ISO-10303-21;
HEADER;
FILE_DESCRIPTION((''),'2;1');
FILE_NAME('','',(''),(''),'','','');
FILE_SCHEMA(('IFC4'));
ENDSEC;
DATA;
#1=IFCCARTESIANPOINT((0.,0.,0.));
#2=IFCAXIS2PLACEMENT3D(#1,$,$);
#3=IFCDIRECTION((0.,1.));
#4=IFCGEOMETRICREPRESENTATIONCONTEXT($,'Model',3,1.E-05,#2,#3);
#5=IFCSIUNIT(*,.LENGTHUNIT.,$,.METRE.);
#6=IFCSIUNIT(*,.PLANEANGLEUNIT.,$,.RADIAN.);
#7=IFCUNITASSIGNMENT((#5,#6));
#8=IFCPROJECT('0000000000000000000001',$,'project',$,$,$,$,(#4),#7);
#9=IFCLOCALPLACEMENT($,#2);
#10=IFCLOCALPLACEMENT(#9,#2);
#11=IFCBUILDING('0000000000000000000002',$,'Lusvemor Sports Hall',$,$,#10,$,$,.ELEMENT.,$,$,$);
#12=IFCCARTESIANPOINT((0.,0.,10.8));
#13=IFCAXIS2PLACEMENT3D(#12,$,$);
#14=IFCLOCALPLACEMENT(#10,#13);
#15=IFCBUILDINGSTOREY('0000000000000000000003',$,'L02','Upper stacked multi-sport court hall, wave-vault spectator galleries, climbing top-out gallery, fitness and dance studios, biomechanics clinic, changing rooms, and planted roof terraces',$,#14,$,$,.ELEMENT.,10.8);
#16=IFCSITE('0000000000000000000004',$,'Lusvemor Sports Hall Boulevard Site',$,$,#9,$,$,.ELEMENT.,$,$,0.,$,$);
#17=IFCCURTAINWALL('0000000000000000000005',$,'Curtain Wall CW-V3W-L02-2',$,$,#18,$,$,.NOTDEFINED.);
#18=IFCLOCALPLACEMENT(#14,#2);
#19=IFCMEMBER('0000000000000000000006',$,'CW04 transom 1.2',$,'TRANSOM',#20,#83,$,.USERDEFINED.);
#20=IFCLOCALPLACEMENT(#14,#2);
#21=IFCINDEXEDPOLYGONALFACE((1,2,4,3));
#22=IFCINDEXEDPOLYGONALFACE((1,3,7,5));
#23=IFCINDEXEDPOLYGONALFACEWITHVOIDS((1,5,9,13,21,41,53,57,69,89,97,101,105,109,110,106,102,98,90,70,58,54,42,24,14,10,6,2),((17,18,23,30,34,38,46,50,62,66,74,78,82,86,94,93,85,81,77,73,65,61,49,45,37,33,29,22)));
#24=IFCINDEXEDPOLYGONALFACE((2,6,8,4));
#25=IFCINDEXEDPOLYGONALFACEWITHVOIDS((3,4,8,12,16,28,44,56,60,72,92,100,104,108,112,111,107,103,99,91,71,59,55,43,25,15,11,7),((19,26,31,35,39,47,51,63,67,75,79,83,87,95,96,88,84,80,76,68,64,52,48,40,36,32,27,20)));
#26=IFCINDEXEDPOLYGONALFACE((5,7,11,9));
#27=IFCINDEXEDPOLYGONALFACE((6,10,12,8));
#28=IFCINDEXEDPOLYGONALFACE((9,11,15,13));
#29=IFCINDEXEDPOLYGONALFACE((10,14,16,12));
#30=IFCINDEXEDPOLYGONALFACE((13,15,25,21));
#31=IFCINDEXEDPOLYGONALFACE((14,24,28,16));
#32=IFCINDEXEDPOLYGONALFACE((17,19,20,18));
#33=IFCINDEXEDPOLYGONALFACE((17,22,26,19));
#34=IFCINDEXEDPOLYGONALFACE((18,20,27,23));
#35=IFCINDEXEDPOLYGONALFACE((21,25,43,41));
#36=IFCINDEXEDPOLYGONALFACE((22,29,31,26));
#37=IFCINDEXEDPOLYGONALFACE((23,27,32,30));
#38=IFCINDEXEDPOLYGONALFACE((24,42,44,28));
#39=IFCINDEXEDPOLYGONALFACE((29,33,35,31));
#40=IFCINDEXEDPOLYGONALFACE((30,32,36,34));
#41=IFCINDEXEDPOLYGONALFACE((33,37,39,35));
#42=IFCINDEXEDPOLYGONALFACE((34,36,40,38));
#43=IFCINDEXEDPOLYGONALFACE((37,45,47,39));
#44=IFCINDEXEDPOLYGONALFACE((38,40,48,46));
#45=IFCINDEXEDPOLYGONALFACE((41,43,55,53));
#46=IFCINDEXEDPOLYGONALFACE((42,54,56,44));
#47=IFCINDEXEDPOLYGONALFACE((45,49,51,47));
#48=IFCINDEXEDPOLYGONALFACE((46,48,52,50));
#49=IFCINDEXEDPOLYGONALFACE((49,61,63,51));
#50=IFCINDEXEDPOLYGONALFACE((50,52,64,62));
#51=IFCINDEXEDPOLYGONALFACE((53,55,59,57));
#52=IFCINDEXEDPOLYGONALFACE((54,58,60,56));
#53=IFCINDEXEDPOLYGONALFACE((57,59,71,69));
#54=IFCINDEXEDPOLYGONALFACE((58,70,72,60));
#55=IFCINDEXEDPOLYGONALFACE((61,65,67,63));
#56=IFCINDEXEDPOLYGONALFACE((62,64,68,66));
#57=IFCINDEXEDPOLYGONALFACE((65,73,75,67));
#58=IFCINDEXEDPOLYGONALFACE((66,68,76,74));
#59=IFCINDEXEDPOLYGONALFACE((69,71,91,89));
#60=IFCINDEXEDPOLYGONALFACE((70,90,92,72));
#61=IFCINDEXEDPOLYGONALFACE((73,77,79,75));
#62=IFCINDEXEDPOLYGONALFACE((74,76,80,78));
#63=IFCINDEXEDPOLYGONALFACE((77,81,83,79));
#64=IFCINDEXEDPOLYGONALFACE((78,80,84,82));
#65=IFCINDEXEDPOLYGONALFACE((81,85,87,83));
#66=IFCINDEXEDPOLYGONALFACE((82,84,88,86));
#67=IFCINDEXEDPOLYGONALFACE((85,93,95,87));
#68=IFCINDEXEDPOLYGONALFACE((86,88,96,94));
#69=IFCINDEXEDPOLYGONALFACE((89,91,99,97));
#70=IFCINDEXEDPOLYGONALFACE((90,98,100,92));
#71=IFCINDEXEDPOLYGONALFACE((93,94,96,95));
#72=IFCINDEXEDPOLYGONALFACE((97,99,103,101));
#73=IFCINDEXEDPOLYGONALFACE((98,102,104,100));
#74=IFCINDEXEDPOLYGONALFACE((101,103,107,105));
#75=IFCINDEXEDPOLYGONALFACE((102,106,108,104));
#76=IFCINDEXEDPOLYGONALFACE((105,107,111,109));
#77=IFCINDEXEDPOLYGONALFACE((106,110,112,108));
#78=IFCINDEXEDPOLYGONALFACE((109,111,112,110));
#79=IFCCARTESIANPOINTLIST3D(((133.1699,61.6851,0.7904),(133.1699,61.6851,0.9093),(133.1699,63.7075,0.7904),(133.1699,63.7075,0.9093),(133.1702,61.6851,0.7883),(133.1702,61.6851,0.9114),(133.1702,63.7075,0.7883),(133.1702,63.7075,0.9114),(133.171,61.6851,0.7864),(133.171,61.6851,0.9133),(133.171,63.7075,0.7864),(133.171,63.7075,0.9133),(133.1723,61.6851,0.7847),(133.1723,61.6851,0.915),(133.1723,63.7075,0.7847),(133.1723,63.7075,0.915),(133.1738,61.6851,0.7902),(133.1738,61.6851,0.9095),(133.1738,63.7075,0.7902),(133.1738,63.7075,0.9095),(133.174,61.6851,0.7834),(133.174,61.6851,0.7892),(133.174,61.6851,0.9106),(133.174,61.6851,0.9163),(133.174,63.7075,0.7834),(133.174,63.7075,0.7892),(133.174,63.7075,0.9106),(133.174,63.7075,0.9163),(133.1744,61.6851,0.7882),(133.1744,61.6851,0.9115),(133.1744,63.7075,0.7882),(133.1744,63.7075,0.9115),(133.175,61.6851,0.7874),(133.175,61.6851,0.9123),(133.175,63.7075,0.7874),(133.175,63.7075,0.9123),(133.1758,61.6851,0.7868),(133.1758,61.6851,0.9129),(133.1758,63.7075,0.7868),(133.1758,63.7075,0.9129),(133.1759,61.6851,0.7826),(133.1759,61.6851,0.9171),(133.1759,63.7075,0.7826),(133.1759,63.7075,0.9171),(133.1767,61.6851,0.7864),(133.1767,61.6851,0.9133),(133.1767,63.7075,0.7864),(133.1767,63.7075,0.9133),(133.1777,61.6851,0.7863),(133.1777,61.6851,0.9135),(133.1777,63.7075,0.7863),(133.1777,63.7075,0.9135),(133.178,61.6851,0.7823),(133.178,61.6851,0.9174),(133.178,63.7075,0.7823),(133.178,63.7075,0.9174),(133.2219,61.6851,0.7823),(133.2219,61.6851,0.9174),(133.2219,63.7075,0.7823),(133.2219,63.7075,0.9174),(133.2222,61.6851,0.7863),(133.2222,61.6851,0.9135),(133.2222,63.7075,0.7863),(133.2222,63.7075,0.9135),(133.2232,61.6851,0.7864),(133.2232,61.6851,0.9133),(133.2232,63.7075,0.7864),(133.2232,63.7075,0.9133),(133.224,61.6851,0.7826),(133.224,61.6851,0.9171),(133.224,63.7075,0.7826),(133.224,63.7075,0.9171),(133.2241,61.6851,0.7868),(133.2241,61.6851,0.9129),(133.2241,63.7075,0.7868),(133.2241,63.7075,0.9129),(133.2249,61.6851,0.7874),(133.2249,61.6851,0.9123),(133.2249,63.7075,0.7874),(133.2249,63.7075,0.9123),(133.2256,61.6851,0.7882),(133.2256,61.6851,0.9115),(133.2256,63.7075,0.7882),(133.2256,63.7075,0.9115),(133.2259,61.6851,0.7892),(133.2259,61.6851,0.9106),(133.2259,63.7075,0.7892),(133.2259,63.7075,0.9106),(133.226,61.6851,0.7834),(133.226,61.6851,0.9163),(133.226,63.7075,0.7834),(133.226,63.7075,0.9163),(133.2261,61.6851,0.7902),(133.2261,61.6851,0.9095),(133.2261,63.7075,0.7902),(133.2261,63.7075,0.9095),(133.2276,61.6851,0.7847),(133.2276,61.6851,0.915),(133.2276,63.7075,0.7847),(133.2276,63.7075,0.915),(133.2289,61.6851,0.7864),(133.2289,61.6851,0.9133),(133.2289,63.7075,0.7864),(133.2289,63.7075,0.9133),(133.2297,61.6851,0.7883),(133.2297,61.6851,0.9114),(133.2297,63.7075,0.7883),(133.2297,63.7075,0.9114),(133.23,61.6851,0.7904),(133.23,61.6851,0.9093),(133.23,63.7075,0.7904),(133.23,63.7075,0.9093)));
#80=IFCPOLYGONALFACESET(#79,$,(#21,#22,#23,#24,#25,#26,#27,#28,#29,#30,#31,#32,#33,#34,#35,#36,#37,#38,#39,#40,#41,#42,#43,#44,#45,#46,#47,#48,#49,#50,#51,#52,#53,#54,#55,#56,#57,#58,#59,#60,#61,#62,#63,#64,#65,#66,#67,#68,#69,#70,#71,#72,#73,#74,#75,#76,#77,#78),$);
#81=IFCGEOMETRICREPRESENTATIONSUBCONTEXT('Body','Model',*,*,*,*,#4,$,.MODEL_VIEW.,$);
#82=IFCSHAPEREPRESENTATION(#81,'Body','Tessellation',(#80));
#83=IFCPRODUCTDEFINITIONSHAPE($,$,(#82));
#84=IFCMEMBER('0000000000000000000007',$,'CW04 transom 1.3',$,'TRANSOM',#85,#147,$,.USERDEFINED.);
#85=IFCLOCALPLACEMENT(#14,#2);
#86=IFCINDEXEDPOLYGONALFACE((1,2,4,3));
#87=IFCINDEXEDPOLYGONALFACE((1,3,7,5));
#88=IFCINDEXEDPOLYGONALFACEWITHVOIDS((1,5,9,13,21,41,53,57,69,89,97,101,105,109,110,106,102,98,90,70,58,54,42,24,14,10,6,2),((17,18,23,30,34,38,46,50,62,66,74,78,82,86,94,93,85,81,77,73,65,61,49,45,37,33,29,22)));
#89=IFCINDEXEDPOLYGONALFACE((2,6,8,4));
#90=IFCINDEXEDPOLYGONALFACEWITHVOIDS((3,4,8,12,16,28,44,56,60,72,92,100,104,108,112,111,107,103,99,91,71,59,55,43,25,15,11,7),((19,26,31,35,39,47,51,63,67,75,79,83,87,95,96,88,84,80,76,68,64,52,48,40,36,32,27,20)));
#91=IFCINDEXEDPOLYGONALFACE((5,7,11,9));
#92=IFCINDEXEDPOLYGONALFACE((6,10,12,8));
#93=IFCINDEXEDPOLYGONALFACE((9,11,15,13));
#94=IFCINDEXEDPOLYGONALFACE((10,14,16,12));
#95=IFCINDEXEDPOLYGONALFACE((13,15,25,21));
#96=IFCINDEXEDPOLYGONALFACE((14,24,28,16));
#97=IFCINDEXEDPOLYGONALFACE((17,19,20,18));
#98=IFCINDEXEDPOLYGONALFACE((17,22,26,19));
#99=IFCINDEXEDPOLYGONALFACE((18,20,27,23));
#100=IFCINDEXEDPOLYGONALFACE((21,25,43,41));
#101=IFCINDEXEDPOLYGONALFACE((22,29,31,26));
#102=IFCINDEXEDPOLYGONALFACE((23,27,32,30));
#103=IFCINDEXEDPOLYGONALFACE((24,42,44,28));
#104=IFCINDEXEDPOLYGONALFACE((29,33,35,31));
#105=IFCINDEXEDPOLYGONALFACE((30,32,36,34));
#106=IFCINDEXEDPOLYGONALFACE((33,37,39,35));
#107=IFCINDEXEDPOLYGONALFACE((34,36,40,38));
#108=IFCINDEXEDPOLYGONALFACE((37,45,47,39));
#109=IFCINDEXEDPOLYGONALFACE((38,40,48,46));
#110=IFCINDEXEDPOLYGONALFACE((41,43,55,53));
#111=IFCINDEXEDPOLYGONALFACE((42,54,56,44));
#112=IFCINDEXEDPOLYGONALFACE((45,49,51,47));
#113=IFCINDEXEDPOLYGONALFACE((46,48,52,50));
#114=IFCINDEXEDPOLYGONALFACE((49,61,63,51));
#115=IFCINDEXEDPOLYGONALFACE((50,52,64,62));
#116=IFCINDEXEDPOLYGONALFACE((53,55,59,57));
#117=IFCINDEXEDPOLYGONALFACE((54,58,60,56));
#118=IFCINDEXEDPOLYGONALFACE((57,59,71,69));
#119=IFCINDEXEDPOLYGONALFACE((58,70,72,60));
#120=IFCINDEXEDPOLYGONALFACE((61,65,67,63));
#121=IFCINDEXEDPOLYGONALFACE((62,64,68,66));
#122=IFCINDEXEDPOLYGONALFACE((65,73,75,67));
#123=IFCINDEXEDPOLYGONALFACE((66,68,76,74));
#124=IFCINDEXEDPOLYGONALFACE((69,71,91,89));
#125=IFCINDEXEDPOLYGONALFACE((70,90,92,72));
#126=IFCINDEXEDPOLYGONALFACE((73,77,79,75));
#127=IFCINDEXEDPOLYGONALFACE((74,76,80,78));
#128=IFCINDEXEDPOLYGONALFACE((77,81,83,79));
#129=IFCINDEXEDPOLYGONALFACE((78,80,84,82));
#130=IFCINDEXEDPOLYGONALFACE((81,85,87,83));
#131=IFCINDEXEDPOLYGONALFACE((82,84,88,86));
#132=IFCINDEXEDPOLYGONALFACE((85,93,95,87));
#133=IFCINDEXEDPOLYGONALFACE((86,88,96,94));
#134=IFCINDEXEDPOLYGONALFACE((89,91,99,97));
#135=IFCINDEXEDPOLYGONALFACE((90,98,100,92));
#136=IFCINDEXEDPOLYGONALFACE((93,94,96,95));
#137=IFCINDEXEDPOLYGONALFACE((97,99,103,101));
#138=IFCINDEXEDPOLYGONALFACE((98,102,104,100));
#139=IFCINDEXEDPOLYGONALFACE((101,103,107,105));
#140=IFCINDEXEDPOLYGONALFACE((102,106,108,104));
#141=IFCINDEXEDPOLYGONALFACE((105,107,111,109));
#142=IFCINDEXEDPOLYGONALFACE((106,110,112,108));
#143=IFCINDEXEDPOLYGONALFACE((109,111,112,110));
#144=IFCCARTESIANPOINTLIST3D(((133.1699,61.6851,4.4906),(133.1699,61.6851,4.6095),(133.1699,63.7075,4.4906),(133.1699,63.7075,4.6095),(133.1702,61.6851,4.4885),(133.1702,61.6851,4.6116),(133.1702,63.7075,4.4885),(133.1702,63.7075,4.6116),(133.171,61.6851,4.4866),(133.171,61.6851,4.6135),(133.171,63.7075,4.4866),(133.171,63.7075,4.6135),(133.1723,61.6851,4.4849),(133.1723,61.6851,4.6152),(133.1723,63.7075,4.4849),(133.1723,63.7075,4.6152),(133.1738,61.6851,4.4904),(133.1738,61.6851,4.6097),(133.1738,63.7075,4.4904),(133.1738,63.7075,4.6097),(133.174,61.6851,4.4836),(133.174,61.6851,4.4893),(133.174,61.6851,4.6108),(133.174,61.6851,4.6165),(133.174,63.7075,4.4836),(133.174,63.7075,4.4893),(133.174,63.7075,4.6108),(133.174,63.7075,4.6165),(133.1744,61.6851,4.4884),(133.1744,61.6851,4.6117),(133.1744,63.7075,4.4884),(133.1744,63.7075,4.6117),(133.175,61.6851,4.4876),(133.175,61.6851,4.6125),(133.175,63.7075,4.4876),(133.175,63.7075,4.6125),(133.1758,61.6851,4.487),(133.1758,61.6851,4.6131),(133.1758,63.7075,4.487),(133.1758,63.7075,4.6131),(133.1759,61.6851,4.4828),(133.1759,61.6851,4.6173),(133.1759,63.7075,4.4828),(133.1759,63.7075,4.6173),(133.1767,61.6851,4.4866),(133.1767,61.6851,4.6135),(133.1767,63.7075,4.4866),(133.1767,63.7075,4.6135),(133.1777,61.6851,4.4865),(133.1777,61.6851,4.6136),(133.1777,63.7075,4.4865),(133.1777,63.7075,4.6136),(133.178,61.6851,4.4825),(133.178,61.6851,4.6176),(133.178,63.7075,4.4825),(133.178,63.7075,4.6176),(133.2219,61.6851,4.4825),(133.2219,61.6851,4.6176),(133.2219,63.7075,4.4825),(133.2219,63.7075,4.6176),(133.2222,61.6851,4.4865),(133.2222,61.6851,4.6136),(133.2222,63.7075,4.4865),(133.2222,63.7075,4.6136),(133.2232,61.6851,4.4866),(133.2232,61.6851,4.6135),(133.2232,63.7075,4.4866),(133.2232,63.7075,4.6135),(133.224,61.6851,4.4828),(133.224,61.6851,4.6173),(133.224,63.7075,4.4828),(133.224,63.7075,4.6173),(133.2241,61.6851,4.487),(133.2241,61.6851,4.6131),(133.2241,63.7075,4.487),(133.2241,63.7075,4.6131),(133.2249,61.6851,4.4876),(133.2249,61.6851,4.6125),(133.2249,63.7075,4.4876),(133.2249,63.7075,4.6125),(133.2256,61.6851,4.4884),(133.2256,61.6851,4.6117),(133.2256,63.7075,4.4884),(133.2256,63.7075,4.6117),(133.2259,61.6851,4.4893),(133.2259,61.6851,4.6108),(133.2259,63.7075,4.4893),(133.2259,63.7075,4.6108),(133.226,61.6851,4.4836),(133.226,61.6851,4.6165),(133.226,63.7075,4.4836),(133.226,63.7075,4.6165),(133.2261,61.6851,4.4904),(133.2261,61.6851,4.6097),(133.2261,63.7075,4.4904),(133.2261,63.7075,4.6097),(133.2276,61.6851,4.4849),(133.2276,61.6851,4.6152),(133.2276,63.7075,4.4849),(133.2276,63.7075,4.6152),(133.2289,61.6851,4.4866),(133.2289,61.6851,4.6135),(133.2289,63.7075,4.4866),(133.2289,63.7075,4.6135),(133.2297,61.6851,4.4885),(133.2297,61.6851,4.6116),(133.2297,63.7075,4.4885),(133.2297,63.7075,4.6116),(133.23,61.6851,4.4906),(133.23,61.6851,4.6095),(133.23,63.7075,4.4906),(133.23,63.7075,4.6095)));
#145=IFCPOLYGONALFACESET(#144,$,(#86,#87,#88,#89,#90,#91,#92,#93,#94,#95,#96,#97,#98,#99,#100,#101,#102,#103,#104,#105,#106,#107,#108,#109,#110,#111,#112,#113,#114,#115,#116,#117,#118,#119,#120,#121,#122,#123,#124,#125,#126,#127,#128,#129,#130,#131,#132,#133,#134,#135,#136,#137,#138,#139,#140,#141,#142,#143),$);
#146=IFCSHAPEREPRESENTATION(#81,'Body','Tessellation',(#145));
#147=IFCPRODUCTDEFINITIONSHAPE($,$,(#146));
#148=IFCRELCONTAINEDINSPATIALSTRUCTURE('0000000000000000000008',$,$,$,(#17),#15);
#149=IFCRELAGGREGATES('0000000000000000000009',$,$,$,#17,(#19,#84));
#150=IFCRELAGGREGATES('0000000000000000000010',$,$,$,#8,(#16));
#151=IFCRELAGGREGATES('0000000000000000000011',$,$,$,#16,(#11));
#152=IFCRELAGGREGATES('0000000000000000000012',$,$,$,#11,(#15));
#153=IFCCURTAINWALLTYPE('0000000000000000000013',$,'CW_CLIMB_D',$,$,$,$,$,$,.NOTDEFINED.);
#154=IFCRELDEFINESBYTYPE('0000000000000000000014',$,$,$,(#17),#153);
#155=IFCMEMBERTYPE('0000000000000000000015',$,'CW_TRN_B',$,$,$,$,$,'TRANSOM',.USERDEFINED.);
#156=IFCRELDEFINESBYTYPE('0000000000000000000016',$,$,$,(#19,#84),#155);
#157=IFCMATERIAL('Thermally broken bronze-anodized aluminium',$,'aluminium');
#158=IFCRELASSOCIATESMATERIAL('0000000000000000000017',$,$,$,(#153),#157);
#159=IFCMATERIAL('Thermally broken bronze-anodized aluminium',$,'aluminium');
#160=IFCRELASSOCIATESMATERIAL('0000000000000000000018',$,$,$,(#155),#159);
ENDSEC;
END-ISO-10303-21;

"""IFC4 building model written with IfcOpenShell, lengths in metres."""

from ifc_helpers import new_model, si_unit, direction, frame, origin, origin_2d, place, context, subcontext, project, spatial, hollow_rectangle, extrude, material, material_profile, profile_set, type_object, element, aggregate, save


model = new_model("IFC4")

# Units and contexts
model_context = context("Model", 3, precision=1e-05, world=origin(), true_north=direction((0.0, 1.0)))
body_context = subcontext(model_context, "Body", "Model", "MODEL_VIEW")
ifc_project = project(units=[si_unit("LENGTHUNIT", "METRE"), si_unit("PLANEANGLEUNIT", "RADIAN")], contexts=[model_context])

# Site, building, storey
site_placement = place(None, origin())
site = spatial("IfcSite", under=ifc_project, at=site_placement, Name="Lusvemor Sports Hall Boulevard Site", CompositionType="ELEMENT", RefElevation=0.0)
building_placement = place(site_placement, origin())
building = spatial("IfcBuilding", under=site, at=building_placement, Name="Lusvemor Sports Hall", CompositionType="ELEMENT")
storey_placement = place(building_placement, frame((0.0, 0.0, 10.8)))
storey = spatial("IfcBuildingStorey", under=building, at=storey_placement, Name="L02", Description="Upper stacked multi-sport court hall, wave-vault spectator galleries, climbing top-out gallery, fitness and dance studios, biomechanics clinic, changing rooms, and planted roof terraces", CompositionType="ELEMENT", Elevation=10.8)

# Curtain wall, members
ifc_material_1 = material(Name="Thermally broken bronze-anodized aluminium", Category="aluminium")
curtain_wall_type = type_object("IfcCurtainWallType", Name="CW_CLIMB_D", PredefinedType="NOTDEFINED", material=ifc_material_1)
curtain_wall_placement = place(storey_placement, origin())
curtain_wall = element("IfcCurtainWall", 1, at=curtain_wall_placement, inside=storey, type_object=curtain_wall_type, Name="Curtain Wall CW-V3W-L02-2", PredefinedType="NOTDEFINED")
ifc_material_2 = material(Name="Thermally broken bronze-anodized aluminium", Category="aluminium")
ifc_material_profile_1 = material_profile(ifc_material_2, hollow_rectangle(XDim=0.0601, YDim=0.135, WallThickness=0.0039, InnerFilletRadius=0.0039, OuterFilletRadius=0.0081, at=origin_2d()), Name="CWTRN135x60x4")
ifc_profile_set_1 = profile_set([ifc_material_profile_1], Name="Thermally broken bronze-anodized aluminium")
member_type_1 = type_object("IfcMemberType", Name="CW_TRN_B", ElementType="TRANSOM", PredefinedType="USERDEFINED", material=ifc_profile_set_1)
member_1_placement = place(storey_placement, frame((133.2, 61.6851, 0.8499), z_axis=(0.0, 1.0, 0.0), x_axis=(-1.0, 0.0, 0.0)))
member_1 = element("IfcMember", 2, at=member_1_placement, type_object=member_type_1, Name="CW04 transom 1.2", ObjectType="TRANSOM", PredefinedType="USERDEFINED", context=body_context, shape_type="SweptSolid", body=[
    extrude(hollow_rectangle(XDim=0.0601, YDim=0.135, WallThickness=0.0039, InnerFilletRadius=0.0039, OuterFilletRadius=0.0081, at=origin_2d()), origin(), (0.0, 0.0, 1.0), 2.0225),
])
member_2_placement = place(storey_placement, frame((133.2, 61.6851, 4.55), z_axis=(0.0, 1.0, 0.0), x_axis=(-1.0, 0.0, 0.0)))
member_2 = element("IfcMember", 3, at=member_2_placement, type_object=member_type_1, Name="CW04 transom 1.3", ObjectType="TRANSOM", PredefinedType="USERDEFINED", context=body_context, shape_type="SweptSolid", body=[
    extrude(hollow_rectangle(XDim=0.0601, YDim=0.135, WallThickness=0.0039, InnerFilletRadius=0.0039, OuterFilletRadius=0.0081, at=origin_2d()), origin(), (0.0, 0.0, 1.0), 2.0225),
])

aggregate(curtain_wall, [member_1, member_2])

save(model, "model.ifc")
